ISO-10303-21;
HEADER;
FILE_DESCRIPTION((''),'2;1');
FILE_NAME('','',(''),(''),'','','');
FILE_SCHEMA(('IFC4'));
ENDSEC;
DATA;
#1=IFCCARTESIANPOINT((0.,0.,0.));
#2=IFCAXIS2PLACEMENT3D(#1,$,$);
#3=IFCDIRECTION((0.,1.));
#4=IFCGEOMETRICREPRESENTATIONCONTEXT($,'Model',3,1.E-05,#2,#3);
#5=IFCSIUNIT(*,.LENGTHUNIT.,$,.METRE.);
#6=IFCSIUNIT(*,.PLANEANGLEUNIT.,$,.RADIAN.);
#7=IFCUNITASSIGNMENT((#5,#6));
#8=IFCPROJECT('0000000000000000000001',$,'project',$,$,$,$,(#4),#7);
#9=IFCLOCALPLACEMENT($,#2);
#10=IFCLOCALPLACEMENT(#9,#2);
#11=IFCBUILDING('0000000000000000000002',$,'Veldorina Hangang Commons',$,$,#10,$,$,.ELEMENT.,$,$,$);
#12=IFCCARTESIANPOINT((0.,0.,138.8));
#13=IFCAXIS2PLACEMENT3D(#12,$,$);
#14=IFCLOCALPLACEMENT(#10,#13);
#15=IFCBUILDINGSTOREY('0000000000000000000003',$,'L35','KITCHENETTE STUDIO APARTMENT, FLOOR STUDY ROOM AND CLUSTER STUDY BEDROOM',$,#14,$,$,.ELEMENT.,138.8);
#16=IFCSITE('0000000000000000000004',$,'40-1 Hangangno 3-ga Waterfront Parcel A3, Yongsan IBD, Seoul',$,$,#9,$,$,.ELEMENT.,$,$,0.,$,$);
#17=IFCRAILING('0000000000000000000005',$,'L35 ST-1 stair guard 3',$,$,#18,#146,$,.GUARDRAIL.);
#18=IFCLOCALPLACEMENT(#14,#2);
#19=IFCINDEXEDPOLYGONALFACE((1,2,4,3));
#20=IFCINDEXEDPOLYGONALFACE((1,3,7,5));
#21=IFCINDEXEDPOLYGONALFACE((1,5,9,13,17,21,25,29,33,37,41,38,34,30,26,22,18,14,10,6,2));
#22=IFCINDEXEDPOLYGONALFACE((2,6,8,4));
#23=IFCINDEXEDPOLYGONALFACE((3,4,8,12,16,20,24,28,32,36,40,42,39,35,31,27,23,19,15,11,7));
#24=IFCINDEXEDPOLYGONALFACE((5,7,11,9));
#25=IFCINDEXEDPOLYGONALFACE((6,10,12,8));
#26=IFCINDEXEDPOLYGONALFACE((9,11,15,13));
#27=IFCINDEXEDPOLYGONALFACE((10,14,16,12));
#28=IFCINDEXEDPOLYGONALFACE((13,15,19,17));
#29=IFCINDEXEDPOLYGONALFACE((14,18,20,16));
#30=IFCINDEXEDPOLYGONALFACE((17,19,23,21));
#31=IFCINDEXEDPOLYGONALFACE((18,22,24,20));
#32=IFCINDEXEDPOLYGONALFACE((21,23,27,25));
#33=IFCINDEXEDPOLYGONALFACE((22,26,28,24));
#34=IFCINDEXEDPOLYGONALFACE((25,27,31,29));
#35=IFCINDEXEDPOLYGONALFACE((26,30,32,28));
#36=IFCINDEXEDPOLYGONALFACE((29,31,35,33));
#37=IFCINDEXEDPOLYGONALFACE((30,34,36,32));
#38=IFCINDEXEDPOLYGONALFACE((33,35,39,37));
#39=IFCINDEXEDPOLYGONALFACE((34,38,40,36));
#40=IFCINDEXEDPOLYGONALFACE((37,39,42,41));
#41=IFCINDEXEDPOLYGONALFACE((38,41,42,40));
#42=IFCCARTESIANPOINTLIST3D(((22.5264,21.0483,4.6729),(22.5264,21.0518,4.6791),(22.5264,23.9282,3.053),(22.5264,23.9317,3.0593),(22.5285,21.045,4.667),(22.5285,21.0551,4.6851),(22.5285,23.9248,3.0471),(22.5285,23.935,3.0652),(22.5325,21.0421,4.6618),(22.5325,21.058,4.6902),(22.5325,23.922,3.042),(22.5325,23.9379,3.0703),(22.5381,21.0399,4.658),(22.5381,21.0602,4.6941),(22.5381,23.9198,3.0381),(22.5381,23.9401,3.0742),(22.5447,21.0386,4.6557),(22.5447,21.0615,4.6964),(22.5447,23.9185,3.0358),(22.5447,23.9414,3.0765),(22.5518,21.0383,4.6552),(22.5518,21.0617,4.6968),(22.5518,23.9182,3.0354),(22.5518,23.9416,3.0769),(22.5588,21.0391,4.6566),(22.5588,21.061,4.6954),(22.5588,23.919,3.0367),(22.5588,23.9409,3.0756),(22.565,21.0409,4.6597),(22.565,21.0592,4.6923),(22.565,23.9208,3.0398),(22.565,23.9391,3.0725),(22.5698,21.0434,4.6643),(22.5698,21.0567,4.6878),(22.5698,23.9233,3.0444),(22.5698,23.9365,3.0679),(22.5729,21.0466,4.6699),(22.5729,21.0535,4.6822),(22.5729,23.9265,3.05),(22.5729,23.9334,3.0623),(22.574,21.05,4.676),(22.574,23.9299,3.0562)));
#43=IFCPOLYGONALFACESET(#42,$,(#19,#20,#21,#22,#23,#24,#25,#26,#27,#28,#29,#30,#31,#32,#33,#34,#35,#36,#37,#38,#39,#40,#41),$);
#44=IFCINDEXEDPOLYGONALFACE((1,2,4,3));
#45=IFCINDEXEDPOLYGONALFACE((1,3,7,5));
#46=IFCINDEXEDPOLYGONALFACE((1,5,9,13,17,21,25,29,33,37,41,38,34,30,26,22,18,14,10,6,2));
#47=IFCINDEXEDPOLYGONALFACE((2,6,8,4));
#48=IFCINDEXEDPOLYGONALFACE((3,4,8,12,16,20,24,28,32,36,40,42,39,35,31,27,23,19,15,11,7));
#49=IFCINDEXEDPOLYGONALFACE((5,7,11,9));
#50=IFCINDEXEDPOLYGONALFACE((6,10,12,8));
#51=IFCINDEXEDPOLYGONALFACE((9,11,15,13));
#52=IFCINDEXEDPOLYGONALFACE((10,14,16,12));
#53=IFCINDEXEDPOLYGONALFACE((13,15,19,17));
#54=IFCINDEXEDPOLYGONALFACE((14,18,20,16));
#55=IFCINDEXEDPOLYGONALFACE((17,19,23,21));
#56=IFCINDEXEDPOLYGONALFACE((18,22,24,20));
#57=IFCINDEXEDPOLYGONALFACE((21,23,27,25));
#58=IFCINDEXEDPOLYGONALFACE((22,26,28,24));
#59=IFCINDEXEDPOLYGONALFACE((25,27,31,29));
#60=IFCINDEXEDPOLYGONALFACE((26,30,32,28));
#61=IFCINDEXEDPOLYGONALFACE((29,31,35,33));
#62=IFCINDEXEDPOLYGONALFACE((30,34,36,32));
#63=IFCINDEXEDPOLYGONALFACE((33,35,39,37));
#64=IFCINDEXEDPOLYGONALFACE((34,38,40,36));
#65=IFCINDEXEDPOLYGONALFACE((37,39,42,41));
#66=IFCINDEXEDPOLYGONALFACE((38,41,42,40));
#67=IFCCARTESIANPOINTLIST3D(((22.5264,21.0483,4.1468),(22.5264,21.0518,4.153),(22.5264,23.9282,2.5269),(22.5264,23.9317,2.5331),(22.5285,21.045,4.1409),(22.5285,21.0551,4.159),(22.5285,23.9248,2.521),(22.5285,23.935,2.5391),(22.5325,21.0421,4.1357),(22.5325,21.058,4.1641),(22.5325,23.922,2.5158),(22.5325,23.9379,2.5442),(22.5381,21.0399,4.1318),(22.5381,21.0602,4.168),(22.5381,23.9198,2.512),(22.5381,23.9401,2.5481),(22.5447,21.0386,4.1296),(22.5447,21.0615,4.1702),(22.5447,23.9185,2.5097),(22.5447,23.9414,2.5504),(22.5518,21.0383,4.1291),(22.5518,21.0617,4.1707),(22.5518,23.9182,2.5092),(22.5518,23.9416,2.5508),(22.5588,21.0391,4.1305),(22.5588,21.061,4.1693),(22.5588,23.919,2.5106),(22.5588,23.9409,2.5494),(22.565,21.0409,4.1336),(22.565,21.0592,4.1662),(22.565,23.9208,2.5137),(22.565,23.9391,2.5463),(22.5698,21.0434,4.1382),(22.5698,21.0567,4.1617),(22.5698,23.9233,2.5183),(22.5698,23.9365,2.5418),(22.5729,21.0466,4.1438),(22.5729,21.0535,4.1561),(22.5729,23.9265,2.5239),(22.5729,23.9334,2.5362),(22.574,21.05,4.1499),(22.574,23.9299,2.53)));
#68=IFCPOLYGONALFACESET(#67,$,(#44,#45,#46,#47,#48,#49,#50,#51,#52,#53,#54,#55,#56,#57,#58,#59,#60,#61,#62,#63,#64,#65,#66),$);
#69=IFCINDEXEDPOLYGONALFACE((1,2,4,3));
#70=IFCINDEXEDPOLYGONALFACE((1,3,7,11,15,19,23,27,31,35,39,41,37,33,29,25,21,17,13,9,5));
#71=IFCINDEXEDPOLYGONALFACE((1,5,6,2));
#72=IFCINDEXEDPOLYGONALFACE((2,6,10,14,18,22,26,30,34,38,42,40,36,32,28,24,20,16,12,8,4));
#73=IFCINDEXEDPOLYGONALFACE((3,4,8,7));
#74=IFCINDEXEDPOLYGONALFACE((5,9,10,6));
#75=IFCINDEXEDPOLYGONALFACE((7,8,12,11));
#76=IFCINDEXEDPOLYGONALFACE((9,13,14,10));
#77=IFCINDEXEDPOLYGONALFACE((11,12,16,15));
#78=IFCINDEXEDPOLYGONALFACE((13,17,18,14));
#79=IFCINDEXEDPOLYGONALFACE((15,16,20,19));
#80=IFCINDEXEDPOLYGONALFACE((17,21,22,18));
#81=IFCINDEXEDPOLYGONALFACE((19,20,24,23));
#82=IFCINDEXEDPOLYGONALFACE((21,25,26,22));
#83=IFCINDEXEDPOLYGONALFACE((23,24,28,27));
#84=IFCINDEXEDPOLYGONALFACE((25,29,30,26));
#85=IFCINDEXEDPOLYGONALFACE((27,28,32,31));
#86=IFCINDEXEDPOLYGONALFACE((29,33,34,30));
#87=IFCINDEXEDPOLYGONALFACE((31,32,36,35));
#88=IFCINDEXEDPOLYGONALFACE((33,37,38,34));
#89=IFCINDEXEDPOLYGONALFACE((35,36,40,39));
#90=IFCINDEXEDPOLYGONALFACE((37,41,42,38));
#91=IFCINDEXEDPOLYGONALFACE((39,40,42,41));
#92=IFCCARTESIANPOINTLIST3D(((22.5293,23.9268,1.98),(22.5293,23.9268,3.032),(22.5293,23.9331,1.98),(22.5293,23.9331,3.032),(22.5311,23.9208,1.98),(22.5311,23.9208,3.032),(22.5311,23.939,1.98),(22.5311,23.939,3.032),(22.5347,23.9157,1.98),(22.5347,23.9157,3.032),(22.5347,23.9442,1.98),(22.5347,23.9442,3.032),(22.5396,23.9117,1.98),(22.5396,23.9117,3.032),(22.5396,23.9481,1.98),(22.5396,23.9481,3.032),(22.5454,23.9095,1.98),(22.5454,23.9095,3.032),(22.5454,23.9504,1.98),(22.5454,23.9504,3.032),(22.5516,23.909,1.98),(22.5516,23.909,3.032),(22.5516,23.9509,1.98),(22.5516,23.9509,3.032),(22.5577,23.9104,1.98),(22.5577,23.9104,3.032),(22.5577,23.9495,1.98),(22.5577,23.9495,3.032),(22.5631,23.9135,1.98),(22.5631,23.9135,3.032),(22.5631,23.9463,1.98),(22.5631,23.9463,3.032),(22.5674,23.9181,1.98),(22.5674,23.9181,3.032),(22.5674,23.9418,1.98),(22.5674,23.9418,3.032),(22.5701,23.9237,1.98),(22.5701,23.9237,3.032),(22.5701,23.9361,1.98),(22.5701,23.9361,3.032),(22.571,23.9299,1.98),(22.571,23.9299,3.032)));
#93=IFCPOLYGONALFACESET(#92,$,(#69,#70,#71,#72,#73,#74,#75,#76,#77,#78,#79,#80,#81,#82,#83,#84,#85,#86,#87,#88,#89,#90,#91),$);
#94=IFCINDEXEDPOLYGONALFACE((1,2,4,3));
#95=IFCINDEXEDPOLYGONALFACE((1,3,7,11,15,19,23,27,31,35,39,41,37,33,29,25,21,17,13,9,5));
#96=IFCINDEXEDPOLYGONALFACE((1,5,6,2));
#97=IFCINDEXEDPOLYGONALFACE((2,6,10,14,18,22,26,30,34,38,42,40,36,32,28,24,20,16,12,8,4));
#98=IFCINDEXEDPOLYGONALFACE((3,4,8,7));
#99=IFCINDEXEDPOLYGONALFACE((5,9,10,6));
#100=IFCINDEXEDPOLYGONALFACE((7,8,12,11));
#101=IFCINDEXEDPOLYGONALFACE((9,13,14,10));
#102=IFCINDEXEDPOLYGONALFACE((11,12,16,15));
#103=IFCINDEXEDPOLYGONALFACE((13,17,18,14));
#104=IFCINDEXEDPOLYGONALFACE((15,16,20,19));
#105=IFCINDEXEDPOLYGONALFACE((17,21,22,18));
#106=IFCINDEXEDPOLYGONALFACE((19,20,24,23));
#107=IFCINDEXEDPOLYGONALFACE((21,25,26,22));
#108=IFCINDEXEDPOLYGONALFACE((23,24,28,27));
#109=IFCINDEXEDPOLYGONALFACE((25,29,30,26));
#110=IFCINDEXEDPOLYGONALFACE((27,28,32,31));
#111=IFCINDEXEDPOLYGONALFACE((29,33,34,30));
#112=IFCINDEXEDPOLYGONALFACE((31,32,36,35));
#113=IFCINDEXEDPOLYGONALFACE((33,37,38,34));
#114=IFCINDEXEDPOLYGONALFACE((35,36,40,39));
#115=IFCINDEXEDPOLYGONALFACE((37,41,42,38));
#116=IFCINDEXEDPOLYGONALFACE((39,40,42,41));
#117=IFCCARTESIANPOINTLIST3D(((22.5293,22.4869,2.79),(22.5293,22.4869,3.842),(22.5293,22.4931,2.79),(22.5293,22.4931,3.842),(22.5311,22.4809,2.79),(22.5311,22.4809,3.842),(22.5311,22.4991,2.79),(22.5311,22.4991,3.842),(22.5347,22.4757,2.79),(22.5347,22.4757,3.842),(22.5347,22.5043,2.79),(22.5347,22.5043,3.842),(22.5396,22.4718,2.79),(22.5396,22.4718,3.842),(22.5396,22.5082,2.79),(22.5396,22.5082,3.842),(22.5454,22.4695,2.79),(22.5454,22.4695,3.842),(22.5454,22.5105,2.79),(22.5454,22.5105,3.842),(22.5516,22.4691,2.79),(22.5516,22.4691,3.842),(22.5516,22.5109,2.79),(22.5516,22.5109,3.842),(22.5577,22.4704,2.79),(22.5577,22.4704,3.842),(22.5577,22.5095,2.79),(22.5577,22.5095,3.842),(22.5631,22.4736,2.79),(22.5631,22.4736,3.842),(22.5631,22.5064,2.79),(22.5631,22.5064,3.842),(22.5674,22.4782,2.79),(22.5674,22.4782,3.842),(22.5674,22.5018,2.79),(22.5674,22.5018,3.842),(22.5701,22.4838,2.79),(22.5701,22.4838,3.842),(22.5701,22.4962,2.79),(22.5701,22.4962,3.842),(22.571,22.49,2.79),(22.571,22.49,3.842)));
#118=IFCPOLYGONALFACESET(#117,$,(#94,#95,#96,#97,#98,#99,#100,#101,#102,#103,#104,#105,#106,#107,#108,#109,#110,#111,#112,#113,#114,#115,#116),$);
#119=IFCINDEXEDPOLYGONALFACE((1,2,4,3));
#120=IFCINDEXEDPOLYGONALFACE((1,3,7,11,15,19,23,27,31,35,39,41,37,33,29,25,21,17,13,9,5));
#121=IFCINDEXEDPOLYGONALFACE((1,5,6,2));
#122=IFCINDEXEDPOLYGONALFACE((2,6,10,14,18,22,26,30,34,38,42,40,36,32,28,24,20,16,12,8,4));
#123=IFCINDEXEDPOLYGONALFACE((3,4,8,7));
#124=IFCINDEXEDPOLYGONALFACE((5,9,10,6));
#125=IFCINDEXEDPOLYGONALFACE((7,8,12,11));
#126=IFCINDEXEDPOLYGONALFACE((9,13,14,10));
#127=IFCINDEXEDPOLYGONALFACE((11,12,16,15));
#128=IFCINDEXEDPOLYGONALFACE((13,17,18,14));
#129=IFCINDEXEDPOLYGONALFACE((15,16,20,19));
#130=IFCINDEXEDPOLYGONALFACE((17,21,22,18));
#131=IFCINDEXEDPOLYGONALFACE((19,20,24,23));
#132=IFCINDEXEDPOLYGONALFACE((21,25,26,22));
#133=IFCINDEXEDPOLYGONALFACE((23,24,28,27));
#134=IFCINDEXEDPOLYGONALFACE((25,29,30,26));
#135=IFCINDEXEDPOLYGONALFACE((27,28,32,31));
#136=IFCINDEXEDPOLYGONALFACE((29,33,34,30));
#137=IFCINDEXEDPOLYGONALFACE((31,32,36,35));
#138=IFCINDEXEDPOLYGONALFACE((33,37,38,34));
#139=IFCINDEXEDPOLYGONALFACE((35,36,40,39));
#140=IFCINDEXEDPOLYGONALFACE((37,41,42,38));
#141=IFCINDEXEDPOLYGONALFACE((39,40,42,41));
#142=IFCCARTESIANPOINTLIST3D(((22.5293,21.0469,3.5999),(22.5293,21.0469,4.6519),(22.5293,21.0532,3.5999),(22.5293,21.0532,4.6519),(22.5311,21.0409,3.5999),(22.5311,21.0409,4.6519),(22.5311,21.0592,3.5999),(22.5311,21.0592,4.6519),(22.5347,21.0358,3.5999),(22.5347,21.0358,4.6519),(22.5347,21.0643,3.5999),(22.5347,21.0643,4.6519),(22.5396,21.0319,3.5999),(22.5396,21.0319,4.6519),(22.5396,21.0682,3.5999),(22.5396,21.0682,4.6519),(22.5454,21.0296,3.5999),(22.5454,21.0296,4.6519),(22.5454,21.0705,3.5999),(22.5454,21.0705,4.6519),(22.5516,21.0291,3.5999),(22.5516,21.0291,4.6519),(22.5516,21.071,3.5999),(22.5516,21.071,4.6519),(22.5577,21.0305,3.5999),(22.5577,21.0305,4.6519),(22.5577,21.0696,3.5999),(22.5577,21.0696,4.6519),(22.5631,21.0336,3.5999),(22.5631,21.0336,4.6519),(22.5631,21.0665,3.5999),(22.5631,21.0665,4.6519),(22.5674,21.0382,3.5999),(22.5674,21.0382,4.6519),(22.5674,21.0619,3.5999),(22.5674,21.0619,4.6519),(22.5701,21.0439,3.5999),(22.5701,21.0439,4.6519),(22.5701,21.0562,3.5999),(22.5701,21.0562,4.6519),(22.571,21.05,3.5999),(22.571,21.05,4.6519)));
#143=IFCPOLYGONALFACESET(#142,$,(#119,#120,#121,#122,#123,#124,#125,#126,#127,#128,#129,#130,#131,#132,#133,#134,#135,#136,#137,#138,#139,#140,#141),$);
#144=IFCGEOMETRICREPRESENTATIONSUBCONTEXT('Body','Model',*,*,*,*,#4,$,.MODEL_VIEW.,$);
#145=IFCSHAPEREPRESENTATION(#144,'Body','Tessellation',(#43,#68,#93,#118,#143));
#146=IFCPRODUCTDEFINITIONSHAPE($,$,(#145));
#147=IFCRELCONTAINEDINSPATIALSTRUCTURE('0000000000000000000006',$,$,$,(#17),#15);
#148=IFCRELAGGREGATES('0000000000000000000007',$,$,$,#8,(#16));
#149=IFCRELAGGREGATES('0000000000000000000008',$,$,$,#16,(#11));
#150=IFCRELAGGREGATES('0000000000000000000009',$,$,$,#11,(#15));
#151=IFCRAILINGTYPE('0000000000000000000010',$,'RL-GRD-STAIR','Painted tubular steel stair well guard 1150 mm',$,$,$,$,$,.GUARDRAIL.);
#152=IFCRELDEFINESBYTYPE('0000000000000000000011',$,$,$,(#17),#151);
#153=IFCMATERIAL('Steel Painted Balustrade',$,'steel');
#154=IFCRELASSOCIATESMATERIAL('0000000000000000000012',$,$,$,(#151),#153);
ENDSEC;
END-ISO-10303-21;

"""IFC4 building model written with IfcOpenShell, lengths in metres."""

from ifc_helpers import new_model, si_unit, direction, frame, origin, origin_2d, place, context, subcontext, project, spatial, circle, extrude, material, type_object, element, save


model = new_model("IFC4")

# Units and contexts
model_context = context("Model", 3, precision=1e-05, world=origin(), true_north=direction((0.0, 1.0)))
body_context = subcontext(model_context, "Body", "Model", "MODEL_VIEW")
ifc_project = project(units=[si_unit("LENGTHUNIT", "METRE"), si_unit("PLANEANGLEUNIT", "RADIAN")], contexts=[model_context])

# Site, building, storey
site_placement = place(None, origin())
site = spatial("IfcSite", under=ifc_project, at=site_placement, Name="40-1 Hangangno 3-ga Waterfront Parcel A3, Yongsan IBD, Seoul", CompositionType="ELEMENT", RefElevation=0.0)
building_placement = place(site_placement, origin())
building = spatial("IfcBuilding", under=site, at=building_placement, Name="Veldorina Hangang Commons", CompositionType="ELEMENT")
storey_placement = place(building_placement, frame((0.0, 0.0, 138.8)))
storey = spatial("IfcBuildingStorey", under=building, at=storey_placement, Name="L35", Description="KITCHENETTE STUDIO APARTMENT, FLOOR STUDY ROOM AND CLUSTER STUDY BEDROOM", CompositionType="ELEMENT", Elevation=138.8)

# Railing
ifc_material_1 = material(Name="Steel Painted Balustrade", Category="steel")
railing_type_1 = type_object("IfcRailingType", Name="RL-GRD-STAIR", Description="Painted tubular steel stair well guard 1150 mm", PredefinedType="GUARDRAIL", material=ifc_material_1)
railing_1_placement = place(storey_placement, frame((22.55, 23.9299, 1.98)))
element("IfcRailing", 1, at=railing_1_placement, inside=storey, type_object=railing_type_1, Name="L35 ST-1 stair guard 3", PredefinedType="GUARDRAIL", context=body_context, shape_type="SweptSolid", body=[
    extrude(circle(Radius=0.0239, at=origin_2d()), frame((0.0, 0.0, 1.0762), z_axis=(0.0, -0.871583, 0.490247), x_axis=(1.0, 0.0, 0.0)), (0.0, 0.0, 1.0), 3.3042),
    extrude(circle(Radius=0.0239, at=origin_2d()), frame((0.0, 0.0, 0.55), z_axis=(0.0, -0.871583, 0.490247), x_axis=(1.0, 0.0, 0.0)), (0.0, 0.0, 1.0), 3.3042),
    extrude(circle(Radius=0.021, at=origin_2d()), origin(), (0.0, 0.0, 1.0), 1.052),
    extrude(circle(Radius=0.021, at=origin_2d()), frame((0.0, -1.4399, 0.8101)), (0.0, 0.0, 1.0), 1.052),
    extrude(circle(Radius=0.021, at=origin_2d()), frame((0.0, -2.8799, 1.6199)), (0.0, 0.0, 1.0), 1.052),
])

save(model, "model.ifc")
